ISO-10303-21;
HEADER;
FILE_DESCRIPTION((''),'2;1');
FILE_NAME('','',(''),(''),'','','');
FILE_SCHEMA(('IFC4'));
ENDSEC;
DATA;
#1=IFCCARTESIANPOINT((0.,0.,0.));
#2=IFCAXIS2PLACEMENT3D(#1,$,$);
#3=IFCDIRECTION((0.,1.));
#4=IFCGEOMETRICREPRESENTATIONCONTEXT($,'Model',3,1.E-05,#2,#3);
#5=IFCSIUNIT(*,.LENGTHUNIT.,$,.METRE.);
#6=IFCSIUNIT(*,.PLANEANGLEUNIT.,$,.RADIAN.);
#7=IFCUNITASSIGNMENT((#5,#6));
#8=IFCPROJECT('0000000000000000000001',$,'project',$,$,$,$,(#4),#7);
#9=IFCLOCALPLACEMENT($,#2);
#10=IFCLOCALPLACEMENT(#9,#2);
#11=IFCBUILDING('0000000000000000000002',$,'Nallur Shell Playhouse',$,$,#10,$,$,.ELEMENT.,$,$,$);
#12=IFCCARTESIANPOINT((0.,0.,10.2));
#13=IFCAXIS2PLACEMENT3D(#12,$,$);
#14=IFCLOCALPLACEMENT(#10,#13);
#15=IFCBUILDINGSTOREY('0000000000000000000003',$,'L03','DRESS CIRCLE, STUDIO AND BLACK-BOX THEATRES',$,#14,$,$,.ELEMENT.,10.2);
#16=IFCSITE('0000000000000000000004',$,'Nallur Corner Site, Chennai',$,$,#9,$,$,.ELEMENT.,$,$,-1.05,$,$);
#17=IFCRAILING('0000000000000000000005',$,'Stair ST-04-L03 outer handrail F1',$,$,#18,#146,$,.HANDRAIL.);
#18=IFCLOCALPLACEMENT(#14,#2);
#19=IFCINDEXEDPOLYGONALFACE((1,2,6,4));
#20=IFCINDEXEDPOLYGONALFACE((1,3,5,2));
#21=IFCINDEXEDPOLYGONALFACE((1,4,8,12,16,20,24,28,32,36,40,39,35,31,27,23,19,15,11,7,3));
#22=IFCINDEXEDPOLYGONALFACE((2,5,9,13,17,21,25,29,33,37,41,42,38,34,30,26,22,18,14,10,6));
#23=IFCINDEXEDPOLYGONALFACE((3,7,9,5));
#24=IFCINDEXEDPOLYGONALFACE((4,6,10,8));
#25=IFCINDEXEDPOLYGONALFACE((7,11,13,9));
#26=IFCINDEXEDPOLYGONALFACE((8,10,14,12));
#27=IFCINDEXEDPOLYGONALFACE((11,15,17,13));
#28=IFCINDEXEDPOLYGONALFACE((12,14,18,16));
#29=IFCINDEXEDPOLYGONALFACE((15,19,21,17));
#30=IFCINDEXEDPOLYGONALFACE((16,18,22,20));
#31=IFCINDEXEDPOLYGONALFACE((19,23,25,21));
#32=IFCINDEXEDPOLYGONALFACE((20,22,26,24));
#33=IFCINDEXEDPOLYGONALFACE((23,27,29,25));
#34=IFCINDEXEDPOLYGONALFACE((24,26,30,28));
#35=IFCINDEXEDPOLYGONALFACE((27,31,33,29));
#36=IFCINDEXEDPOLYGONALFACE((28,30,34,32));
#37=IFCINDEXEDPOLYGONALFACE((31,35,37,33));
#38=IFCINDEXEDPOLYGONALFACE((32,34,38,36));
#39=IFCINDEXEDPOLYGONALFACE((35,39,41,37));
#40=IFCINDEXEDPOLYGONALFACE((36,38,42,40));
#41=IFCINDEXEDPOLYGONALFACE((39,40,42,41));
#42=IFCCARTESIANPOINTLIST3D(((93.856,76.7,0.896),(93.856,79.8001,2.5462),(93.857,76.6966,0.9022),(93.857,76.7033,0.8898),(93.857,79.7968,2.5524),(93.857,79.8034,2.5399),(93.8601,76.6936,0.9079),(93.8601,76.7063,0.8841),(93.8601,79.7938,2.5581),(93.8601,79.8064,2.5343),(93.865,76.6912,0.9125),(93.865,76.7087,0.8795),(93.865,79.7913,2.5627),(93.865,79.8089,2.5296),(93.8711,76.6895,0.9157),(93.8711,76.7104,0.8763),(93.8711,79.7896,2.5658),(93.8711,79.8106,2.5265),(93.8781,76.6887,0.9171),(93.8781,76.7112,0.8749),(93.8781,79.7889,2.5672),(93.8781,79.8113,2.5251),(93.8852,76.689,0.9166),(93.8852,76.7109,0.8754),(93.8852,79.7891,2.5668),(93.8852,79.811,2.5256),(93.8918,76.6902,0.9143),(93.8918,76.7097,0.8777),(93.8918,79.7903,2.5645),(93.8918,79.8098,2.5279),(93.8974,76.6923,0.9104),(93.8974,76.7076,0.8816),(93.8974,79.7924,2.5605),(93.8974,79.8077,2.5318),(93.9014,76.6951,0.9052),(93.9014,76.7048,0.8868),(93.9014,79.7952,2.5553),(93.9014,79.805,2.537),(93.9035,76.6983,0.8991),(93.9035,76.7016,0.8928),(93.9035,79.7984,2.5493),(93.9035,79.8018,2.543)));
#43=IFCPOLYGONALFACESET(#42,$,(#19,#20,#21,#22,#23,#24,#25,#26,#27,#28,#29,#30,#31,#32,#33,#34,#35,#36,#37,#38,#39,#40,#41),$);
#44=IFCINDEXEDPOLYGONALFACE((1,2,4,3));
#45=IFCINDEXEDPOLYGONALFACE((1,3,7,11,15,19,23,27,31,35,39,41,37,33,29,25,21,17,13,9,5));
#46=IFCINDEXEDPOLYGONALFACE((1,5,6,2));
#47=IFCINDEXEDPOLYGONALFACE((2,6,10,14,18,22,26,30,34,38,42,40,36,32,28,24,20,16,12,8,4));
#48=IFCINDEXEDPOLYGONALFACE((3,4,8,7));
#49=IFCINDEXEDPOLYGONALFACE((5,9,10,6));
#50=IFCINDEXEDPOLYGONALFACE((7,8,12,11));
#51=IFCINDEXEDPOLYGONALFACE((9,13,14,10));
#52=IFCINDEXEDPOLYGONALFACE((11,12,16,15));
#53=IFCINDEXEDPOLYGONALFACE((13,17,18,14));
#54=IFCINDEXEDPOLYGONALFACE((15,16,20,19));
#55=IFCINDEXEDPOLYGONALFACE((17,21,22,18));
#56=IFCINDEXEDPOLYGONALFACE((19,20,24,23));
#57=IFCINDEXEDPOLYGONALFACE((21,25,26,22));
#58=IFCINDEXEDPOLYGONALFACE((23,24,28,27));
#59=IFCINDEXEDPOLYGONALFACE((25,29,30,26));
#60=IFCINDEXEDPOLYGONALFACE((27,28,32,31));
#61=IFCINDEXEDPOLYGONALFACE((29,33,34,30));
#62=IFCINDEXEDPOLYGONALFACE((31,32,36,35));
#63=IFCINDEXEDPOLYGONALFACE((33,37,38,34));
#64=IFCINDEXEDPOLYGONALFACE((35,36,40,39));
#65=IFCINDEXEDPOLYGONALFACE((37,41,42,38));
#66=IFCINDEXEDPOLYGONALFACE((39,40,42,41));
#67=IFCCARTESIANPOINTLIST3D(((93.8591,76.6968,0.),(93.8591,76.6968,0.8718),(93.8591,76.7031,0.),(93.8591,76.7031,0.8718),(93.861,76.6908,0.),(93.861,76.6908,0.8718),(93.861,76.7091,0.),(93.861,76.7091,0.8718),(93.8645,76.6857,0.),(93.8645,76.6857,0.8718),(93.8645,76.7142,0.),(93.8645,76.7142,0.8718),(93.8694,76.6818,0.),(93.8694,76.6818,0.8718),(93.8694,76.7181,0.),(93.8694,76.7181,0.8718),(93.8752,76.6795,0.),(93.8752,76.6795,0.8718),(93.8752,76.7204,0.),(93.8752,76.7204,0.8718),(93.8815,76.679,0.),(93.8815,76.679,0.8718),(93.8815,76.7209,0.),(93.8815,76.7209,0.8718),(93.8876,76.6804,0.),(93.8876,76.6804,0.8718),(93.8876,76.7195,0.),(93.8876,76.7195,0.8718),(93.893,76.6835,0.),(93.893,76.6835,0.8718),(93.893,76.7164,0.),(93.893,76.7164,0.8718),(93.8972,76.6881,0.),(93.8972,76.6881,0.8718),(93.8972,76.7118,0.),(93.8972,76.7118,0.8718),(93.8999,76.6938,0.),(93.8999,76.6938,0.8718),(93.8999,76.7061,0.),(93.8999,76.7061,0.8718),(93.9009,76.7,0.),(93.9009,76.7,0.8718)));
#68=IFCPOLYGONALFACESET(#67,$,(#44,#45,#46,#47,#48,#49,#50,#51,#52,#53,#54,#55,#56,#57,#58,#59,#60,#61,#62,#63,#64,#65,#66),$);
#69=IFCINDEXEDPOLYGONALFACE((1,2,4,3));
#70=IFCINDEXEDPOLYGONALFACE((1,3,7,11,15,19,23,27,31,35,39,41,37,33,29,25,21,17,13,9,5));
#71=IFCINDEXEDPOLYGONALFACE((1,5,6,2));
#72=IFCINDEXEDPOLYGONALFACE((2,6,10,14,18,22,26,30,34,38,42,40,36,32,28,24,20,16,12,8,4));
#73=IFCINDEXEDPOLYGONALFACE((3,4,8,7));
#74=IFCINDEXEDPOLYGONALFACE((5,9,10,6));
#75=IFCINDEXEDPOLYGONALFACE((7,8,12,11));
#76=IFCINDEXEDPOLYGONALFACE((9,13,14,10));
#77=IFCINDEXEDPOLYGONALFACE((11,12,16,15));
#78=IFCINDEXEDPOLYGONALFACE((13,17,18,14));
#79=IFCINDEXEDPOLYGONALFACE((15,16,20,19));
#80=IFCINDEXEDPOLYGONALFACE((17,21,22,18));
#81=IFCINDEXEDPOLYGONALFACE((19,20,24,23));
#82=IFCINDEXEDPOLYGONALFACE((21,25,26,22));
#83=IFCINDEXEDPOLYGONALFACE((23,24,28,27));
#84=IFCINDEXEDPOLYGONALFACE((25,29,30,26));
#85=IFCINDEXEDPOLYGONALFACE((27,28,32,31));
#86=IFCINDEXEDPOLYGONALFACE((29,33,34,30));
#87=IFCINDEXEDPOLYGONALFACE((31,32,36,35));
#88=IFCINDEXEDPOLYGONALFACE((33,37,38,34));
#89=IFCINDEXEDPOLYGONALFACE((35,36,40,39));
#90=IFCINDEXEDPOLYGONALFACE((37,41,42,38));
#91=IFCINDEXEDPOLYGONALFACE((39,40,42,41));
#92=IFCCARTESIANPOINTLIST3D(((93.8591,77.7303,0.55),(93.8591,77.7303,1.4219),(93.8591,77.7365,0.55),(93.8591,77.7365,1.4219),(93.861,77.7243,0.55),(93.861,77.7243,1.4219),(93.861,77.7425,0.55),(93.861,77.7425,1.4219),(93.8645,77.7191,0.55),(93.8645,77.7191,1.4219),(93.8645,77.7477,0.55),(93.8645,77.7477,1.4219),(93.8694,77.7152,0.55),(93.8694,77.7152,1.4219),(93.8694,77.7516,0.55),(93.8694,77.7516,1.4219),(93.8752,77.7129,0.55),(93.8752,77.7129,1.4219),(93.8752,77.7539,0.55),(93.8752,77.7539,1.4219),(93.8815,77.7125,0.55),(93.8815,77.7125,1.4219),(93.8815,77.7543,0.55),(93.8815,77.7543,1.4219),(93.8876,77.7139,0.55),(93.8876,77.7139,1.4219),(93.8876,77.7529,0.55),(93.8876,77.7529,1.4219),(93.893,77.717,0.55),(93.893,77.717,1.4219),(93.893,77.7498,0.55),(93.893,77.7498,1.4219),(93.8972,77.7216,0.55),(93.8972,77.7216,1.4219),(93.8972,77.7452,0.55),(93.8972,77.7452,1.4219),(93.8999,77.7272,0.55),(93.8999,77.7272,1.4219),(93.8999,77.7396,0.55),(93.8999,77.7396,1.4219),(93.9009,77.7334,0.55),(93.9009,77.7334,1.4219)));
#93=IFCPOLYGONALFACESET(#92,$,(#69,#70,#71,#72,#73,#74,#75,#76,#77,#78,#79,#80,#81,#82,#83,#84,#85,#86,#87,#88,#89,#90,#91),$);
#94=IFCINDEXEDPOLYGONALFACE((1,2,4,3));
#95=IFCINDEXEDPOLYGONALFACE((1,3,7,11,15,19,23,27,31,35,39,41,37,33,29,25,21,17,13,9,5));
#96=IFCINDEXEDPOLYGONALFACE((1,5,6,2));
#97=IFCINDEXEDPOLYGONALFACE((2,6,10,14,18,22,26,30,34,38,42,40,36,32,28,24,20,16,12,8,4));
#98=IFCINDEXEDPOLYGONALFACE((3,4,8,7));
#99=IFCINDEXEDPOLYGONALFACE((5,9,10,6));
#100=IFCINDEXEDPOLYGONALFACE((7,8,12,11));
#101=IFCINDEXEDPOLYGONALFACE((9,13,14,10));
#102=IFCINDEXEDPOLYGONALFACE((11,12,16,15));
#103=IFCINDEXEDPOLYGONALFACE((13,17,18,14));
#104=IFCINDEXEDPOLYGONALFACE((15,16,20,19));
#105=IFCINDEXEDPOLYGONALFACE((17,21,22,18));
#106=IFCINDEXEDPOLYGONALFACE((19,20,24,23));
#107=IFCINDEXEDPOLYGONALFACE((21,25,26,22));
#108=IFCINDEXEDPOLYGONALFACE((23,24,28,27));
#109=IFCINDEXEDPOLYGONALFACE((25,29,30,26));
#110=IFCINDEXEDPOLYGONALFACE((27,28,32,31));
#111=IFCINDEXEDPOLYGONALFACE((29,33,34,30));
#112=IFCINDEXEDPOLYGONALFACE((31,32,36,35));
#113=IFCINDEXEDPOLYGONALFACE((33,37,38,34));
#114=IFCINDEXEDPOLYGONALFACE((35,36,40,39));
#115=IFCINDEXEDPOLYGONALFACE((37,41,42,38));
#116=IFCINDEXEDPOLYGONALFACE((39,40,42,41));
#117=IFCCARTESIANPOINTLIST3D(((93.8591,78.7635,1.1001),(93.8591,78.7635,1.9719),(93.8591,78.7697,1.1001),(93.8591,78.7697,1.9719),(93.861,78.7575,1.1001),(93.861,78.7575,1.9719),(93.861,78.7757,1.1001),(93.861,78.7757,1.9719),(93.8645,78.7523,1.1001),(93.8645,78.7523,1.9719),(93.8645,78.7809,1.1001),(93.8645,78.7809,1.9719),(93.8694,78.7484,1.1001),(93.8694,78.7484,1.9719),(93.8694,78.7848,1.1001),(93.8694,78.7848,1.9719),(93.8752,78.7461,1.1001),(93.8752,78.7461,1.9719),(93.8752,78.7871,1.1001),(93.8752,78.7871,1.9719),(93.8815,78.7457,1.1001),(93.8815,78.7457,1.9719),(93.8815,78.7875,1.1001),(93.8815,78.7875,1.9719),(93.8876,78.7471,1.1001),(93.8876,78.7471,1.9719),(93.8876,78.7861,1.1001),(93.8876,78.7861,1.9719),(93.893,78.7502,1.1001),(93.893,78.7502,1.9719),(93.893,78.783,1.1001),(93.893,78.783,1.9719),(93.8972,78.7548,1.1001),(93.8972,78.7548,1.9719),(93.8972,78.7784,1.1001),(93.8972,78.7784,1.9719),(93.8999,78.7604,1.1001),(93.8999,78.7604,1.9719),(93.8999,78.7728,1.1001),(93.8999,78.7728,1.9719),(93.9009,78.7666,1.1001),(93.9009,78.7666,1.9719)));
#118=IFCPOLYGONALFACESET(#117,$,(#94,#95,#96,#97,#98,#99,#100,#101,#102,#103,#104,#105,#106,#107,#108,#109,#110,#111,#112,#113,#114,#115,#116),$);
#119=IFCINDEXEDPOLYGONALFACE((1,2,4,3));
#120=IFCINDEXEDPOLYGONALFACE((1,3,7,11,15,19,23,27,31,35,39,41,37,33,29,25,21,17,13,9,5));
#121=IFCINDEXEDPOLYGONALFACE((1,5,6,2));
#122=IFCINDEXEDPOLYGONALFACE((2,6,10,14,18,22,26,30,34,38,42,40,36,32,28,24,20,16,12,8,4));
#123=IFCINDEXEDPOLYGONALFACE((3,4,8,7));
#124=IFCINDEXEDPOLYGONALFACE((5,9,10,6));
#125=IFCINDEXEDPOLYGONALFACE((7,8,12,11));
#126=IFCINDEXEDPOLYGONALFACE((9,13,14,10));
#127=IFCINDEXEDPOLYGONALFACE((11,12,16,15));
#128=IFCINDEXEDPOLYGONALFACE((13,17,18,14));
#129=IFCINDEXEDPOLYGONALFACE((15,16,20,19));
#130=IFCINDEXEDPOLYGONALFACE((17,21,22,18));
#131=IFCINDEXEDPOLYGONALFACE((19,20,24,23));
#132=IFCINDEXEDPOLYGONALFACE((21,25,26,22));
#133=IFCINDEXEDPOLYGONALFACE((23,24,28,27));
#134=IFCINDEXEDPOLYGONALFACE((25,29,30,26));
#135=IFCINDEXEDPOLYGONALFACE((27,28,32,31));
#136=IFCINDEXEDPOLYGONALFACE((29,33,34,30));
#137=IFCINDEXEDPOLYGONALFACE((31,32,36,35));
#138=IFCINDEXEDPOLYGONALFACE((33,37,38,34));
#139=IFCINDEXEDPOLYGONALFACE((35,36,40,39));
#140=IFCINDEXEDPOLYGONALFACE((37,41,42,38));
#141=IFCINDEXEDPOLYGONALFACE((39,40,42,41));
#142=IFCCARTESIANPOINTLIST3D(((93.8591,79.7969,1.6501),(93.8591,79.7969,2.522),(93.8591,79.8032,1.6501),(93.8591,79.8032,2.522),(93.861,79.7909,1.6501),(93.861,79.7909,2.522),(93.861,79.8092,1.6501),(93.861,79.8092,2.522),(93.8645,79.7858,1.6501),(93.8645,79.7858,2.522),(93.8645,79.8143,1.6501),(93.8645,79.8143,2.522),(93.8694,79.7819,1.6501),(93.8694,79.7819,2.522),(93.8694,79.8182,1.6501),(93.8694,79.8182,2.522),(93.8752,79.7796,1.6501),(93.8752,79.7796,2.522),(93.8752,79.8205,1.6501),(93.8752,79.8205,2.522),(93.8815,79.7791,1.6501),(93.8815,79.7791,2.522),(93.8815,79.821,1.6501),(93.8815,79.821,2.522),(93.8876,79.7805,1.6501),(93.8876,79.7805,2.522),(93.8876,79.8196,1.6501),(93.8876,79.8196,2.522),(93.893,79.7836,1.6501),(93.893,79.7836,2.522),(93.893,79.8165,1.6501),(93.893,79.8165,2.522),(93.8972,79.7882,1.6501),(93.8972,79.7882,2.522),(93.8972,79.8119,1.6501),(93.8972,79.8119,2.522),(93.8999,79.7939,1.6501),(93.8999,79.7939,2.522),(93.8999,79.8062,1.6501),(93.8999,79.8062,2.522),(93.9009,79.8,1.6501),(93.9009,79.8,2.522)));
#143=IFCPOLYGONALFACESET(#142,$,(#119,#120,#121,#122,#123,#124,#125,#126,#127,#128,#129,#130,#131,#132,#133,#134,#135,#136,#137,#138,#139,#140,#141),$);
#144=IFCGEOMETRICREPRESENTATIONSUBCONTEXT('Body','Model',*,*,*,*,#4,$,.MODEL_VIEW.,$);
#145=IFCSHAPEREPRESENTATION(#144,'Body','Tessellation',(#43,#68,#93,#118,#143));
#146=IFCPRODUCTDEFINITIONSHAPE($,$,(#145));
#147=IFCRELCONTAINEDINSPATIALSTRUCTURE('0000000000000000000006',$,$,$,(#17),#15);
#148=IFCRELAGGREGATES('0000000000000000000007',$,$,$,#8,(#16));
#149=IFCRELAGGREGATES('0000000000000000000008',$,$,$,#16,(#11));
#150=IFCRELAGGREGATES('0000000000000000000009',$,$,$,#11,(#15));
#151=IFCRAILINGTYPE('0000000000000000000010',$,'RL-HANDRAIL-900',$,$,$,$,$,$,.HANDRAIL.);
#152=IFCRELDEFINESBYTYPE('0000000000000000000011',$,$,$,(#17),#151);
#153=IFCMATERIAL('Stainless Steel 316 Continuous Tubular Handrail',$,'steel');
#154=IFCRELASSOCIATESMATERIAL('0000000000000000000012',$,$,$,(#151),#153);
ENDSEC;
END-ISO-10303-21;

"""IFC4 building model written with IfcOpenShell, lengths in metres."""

from ifc_helpers import new_model, si_unit, direction, frame, origin, origin_2d, place, context, subcontext, project, spatial, circle, extrude, material, type_object, element, save


model = new_model("IFC4")

# Units and contexts
model_context = context("Model", 3, precision=1e-05, world=origin(), true_north=direction((0.0, 1.0)))
body_context = subcontext(model_context, "Body", "Model", "MODEL_VIEW")
ifc_project = project(units=[si_unit("LENGTHUNIT", "METRE"), si_unit("PLANEANGLEUNIT", "RADIAN")], contexts=[model_context])

# Site, building, storey
site_placement = place(None, origin())
site = spatial("IfcSite", under=ifc_project, at=site_placement, Name="Nallur Corner Site, Chennai", CompositionType="ELEMENT", RefElevation=-1.05)
building_placement = place(site_placement, origin())
building = spatial("IfcBuilding", under=site, at=building_placement, Name="Nallur Shell Playhouse", CompositionType="ELEMENT")
storey_placement = place(building_placement, frame((0.0, 0.0, 10.2)))
storey = spatial("IfcBuildingStorey", under=building, at=storey_placement, Name="L03", Description="DRESS CIRCLE, STUDIO AND BLACK-BOX THEATRES", CompositionType="ELEMENT", Elevation=10.2)

# Railing
ifc_material_1 = material(Name="Stainless Steel 316 Continuous Tubular Handrail", Category="steel")
railing_type_1 = type_object("IfcRailingType", Name="RL-HANDRAIL-900", PredefinedType="HANDRAIL", material=ifc_material_1)
railing_1_placement = place(storey_placement, frame((93.8799, 76.7, 0.0)))
element("IfcRailing", 1, at=railing_1_placement, inside=storey, type_object=railing_type_1, Name="Stair ST-04-L03 outer handrail F1", PredefinedType="HANDRAIL", context=body_context, shape_type="SweptSolid", body=[
    extrude(circle(Radius=0.0239, at=origin_2d()), frame((0.0, 0.0, 0.896), z_axis=(0.0, 0.882736, 0.46987), x_axis=(-1.0, 0.0, 0.0)), (0.0, 0.0, 1.0), 3.512),
    extrude(circle(Radius=0.021, at=origin_2d()), origin(), (0.0, 0.0, 1.0), 0.8718),
    extrude(circle(Radius=0.021, at=origin_2d()), frame((0.0, 1.0334, 0.55)), (0.0, 0.0, 1.0), 0.8718),
    extrude(circle(Radius=0.021, at=origin_2d()), frame((0.0, 2.0667, 1.1001)), (0.0, 0.0, 1.0), 0.8718),
    extrude(circle(Radius=0.021, at=origin_2d()), frame((0.0, 3.1001, 1.6501)), (0.0, 0.0, 1.0), 0.8718),
])

save(model, "model.ifc")
